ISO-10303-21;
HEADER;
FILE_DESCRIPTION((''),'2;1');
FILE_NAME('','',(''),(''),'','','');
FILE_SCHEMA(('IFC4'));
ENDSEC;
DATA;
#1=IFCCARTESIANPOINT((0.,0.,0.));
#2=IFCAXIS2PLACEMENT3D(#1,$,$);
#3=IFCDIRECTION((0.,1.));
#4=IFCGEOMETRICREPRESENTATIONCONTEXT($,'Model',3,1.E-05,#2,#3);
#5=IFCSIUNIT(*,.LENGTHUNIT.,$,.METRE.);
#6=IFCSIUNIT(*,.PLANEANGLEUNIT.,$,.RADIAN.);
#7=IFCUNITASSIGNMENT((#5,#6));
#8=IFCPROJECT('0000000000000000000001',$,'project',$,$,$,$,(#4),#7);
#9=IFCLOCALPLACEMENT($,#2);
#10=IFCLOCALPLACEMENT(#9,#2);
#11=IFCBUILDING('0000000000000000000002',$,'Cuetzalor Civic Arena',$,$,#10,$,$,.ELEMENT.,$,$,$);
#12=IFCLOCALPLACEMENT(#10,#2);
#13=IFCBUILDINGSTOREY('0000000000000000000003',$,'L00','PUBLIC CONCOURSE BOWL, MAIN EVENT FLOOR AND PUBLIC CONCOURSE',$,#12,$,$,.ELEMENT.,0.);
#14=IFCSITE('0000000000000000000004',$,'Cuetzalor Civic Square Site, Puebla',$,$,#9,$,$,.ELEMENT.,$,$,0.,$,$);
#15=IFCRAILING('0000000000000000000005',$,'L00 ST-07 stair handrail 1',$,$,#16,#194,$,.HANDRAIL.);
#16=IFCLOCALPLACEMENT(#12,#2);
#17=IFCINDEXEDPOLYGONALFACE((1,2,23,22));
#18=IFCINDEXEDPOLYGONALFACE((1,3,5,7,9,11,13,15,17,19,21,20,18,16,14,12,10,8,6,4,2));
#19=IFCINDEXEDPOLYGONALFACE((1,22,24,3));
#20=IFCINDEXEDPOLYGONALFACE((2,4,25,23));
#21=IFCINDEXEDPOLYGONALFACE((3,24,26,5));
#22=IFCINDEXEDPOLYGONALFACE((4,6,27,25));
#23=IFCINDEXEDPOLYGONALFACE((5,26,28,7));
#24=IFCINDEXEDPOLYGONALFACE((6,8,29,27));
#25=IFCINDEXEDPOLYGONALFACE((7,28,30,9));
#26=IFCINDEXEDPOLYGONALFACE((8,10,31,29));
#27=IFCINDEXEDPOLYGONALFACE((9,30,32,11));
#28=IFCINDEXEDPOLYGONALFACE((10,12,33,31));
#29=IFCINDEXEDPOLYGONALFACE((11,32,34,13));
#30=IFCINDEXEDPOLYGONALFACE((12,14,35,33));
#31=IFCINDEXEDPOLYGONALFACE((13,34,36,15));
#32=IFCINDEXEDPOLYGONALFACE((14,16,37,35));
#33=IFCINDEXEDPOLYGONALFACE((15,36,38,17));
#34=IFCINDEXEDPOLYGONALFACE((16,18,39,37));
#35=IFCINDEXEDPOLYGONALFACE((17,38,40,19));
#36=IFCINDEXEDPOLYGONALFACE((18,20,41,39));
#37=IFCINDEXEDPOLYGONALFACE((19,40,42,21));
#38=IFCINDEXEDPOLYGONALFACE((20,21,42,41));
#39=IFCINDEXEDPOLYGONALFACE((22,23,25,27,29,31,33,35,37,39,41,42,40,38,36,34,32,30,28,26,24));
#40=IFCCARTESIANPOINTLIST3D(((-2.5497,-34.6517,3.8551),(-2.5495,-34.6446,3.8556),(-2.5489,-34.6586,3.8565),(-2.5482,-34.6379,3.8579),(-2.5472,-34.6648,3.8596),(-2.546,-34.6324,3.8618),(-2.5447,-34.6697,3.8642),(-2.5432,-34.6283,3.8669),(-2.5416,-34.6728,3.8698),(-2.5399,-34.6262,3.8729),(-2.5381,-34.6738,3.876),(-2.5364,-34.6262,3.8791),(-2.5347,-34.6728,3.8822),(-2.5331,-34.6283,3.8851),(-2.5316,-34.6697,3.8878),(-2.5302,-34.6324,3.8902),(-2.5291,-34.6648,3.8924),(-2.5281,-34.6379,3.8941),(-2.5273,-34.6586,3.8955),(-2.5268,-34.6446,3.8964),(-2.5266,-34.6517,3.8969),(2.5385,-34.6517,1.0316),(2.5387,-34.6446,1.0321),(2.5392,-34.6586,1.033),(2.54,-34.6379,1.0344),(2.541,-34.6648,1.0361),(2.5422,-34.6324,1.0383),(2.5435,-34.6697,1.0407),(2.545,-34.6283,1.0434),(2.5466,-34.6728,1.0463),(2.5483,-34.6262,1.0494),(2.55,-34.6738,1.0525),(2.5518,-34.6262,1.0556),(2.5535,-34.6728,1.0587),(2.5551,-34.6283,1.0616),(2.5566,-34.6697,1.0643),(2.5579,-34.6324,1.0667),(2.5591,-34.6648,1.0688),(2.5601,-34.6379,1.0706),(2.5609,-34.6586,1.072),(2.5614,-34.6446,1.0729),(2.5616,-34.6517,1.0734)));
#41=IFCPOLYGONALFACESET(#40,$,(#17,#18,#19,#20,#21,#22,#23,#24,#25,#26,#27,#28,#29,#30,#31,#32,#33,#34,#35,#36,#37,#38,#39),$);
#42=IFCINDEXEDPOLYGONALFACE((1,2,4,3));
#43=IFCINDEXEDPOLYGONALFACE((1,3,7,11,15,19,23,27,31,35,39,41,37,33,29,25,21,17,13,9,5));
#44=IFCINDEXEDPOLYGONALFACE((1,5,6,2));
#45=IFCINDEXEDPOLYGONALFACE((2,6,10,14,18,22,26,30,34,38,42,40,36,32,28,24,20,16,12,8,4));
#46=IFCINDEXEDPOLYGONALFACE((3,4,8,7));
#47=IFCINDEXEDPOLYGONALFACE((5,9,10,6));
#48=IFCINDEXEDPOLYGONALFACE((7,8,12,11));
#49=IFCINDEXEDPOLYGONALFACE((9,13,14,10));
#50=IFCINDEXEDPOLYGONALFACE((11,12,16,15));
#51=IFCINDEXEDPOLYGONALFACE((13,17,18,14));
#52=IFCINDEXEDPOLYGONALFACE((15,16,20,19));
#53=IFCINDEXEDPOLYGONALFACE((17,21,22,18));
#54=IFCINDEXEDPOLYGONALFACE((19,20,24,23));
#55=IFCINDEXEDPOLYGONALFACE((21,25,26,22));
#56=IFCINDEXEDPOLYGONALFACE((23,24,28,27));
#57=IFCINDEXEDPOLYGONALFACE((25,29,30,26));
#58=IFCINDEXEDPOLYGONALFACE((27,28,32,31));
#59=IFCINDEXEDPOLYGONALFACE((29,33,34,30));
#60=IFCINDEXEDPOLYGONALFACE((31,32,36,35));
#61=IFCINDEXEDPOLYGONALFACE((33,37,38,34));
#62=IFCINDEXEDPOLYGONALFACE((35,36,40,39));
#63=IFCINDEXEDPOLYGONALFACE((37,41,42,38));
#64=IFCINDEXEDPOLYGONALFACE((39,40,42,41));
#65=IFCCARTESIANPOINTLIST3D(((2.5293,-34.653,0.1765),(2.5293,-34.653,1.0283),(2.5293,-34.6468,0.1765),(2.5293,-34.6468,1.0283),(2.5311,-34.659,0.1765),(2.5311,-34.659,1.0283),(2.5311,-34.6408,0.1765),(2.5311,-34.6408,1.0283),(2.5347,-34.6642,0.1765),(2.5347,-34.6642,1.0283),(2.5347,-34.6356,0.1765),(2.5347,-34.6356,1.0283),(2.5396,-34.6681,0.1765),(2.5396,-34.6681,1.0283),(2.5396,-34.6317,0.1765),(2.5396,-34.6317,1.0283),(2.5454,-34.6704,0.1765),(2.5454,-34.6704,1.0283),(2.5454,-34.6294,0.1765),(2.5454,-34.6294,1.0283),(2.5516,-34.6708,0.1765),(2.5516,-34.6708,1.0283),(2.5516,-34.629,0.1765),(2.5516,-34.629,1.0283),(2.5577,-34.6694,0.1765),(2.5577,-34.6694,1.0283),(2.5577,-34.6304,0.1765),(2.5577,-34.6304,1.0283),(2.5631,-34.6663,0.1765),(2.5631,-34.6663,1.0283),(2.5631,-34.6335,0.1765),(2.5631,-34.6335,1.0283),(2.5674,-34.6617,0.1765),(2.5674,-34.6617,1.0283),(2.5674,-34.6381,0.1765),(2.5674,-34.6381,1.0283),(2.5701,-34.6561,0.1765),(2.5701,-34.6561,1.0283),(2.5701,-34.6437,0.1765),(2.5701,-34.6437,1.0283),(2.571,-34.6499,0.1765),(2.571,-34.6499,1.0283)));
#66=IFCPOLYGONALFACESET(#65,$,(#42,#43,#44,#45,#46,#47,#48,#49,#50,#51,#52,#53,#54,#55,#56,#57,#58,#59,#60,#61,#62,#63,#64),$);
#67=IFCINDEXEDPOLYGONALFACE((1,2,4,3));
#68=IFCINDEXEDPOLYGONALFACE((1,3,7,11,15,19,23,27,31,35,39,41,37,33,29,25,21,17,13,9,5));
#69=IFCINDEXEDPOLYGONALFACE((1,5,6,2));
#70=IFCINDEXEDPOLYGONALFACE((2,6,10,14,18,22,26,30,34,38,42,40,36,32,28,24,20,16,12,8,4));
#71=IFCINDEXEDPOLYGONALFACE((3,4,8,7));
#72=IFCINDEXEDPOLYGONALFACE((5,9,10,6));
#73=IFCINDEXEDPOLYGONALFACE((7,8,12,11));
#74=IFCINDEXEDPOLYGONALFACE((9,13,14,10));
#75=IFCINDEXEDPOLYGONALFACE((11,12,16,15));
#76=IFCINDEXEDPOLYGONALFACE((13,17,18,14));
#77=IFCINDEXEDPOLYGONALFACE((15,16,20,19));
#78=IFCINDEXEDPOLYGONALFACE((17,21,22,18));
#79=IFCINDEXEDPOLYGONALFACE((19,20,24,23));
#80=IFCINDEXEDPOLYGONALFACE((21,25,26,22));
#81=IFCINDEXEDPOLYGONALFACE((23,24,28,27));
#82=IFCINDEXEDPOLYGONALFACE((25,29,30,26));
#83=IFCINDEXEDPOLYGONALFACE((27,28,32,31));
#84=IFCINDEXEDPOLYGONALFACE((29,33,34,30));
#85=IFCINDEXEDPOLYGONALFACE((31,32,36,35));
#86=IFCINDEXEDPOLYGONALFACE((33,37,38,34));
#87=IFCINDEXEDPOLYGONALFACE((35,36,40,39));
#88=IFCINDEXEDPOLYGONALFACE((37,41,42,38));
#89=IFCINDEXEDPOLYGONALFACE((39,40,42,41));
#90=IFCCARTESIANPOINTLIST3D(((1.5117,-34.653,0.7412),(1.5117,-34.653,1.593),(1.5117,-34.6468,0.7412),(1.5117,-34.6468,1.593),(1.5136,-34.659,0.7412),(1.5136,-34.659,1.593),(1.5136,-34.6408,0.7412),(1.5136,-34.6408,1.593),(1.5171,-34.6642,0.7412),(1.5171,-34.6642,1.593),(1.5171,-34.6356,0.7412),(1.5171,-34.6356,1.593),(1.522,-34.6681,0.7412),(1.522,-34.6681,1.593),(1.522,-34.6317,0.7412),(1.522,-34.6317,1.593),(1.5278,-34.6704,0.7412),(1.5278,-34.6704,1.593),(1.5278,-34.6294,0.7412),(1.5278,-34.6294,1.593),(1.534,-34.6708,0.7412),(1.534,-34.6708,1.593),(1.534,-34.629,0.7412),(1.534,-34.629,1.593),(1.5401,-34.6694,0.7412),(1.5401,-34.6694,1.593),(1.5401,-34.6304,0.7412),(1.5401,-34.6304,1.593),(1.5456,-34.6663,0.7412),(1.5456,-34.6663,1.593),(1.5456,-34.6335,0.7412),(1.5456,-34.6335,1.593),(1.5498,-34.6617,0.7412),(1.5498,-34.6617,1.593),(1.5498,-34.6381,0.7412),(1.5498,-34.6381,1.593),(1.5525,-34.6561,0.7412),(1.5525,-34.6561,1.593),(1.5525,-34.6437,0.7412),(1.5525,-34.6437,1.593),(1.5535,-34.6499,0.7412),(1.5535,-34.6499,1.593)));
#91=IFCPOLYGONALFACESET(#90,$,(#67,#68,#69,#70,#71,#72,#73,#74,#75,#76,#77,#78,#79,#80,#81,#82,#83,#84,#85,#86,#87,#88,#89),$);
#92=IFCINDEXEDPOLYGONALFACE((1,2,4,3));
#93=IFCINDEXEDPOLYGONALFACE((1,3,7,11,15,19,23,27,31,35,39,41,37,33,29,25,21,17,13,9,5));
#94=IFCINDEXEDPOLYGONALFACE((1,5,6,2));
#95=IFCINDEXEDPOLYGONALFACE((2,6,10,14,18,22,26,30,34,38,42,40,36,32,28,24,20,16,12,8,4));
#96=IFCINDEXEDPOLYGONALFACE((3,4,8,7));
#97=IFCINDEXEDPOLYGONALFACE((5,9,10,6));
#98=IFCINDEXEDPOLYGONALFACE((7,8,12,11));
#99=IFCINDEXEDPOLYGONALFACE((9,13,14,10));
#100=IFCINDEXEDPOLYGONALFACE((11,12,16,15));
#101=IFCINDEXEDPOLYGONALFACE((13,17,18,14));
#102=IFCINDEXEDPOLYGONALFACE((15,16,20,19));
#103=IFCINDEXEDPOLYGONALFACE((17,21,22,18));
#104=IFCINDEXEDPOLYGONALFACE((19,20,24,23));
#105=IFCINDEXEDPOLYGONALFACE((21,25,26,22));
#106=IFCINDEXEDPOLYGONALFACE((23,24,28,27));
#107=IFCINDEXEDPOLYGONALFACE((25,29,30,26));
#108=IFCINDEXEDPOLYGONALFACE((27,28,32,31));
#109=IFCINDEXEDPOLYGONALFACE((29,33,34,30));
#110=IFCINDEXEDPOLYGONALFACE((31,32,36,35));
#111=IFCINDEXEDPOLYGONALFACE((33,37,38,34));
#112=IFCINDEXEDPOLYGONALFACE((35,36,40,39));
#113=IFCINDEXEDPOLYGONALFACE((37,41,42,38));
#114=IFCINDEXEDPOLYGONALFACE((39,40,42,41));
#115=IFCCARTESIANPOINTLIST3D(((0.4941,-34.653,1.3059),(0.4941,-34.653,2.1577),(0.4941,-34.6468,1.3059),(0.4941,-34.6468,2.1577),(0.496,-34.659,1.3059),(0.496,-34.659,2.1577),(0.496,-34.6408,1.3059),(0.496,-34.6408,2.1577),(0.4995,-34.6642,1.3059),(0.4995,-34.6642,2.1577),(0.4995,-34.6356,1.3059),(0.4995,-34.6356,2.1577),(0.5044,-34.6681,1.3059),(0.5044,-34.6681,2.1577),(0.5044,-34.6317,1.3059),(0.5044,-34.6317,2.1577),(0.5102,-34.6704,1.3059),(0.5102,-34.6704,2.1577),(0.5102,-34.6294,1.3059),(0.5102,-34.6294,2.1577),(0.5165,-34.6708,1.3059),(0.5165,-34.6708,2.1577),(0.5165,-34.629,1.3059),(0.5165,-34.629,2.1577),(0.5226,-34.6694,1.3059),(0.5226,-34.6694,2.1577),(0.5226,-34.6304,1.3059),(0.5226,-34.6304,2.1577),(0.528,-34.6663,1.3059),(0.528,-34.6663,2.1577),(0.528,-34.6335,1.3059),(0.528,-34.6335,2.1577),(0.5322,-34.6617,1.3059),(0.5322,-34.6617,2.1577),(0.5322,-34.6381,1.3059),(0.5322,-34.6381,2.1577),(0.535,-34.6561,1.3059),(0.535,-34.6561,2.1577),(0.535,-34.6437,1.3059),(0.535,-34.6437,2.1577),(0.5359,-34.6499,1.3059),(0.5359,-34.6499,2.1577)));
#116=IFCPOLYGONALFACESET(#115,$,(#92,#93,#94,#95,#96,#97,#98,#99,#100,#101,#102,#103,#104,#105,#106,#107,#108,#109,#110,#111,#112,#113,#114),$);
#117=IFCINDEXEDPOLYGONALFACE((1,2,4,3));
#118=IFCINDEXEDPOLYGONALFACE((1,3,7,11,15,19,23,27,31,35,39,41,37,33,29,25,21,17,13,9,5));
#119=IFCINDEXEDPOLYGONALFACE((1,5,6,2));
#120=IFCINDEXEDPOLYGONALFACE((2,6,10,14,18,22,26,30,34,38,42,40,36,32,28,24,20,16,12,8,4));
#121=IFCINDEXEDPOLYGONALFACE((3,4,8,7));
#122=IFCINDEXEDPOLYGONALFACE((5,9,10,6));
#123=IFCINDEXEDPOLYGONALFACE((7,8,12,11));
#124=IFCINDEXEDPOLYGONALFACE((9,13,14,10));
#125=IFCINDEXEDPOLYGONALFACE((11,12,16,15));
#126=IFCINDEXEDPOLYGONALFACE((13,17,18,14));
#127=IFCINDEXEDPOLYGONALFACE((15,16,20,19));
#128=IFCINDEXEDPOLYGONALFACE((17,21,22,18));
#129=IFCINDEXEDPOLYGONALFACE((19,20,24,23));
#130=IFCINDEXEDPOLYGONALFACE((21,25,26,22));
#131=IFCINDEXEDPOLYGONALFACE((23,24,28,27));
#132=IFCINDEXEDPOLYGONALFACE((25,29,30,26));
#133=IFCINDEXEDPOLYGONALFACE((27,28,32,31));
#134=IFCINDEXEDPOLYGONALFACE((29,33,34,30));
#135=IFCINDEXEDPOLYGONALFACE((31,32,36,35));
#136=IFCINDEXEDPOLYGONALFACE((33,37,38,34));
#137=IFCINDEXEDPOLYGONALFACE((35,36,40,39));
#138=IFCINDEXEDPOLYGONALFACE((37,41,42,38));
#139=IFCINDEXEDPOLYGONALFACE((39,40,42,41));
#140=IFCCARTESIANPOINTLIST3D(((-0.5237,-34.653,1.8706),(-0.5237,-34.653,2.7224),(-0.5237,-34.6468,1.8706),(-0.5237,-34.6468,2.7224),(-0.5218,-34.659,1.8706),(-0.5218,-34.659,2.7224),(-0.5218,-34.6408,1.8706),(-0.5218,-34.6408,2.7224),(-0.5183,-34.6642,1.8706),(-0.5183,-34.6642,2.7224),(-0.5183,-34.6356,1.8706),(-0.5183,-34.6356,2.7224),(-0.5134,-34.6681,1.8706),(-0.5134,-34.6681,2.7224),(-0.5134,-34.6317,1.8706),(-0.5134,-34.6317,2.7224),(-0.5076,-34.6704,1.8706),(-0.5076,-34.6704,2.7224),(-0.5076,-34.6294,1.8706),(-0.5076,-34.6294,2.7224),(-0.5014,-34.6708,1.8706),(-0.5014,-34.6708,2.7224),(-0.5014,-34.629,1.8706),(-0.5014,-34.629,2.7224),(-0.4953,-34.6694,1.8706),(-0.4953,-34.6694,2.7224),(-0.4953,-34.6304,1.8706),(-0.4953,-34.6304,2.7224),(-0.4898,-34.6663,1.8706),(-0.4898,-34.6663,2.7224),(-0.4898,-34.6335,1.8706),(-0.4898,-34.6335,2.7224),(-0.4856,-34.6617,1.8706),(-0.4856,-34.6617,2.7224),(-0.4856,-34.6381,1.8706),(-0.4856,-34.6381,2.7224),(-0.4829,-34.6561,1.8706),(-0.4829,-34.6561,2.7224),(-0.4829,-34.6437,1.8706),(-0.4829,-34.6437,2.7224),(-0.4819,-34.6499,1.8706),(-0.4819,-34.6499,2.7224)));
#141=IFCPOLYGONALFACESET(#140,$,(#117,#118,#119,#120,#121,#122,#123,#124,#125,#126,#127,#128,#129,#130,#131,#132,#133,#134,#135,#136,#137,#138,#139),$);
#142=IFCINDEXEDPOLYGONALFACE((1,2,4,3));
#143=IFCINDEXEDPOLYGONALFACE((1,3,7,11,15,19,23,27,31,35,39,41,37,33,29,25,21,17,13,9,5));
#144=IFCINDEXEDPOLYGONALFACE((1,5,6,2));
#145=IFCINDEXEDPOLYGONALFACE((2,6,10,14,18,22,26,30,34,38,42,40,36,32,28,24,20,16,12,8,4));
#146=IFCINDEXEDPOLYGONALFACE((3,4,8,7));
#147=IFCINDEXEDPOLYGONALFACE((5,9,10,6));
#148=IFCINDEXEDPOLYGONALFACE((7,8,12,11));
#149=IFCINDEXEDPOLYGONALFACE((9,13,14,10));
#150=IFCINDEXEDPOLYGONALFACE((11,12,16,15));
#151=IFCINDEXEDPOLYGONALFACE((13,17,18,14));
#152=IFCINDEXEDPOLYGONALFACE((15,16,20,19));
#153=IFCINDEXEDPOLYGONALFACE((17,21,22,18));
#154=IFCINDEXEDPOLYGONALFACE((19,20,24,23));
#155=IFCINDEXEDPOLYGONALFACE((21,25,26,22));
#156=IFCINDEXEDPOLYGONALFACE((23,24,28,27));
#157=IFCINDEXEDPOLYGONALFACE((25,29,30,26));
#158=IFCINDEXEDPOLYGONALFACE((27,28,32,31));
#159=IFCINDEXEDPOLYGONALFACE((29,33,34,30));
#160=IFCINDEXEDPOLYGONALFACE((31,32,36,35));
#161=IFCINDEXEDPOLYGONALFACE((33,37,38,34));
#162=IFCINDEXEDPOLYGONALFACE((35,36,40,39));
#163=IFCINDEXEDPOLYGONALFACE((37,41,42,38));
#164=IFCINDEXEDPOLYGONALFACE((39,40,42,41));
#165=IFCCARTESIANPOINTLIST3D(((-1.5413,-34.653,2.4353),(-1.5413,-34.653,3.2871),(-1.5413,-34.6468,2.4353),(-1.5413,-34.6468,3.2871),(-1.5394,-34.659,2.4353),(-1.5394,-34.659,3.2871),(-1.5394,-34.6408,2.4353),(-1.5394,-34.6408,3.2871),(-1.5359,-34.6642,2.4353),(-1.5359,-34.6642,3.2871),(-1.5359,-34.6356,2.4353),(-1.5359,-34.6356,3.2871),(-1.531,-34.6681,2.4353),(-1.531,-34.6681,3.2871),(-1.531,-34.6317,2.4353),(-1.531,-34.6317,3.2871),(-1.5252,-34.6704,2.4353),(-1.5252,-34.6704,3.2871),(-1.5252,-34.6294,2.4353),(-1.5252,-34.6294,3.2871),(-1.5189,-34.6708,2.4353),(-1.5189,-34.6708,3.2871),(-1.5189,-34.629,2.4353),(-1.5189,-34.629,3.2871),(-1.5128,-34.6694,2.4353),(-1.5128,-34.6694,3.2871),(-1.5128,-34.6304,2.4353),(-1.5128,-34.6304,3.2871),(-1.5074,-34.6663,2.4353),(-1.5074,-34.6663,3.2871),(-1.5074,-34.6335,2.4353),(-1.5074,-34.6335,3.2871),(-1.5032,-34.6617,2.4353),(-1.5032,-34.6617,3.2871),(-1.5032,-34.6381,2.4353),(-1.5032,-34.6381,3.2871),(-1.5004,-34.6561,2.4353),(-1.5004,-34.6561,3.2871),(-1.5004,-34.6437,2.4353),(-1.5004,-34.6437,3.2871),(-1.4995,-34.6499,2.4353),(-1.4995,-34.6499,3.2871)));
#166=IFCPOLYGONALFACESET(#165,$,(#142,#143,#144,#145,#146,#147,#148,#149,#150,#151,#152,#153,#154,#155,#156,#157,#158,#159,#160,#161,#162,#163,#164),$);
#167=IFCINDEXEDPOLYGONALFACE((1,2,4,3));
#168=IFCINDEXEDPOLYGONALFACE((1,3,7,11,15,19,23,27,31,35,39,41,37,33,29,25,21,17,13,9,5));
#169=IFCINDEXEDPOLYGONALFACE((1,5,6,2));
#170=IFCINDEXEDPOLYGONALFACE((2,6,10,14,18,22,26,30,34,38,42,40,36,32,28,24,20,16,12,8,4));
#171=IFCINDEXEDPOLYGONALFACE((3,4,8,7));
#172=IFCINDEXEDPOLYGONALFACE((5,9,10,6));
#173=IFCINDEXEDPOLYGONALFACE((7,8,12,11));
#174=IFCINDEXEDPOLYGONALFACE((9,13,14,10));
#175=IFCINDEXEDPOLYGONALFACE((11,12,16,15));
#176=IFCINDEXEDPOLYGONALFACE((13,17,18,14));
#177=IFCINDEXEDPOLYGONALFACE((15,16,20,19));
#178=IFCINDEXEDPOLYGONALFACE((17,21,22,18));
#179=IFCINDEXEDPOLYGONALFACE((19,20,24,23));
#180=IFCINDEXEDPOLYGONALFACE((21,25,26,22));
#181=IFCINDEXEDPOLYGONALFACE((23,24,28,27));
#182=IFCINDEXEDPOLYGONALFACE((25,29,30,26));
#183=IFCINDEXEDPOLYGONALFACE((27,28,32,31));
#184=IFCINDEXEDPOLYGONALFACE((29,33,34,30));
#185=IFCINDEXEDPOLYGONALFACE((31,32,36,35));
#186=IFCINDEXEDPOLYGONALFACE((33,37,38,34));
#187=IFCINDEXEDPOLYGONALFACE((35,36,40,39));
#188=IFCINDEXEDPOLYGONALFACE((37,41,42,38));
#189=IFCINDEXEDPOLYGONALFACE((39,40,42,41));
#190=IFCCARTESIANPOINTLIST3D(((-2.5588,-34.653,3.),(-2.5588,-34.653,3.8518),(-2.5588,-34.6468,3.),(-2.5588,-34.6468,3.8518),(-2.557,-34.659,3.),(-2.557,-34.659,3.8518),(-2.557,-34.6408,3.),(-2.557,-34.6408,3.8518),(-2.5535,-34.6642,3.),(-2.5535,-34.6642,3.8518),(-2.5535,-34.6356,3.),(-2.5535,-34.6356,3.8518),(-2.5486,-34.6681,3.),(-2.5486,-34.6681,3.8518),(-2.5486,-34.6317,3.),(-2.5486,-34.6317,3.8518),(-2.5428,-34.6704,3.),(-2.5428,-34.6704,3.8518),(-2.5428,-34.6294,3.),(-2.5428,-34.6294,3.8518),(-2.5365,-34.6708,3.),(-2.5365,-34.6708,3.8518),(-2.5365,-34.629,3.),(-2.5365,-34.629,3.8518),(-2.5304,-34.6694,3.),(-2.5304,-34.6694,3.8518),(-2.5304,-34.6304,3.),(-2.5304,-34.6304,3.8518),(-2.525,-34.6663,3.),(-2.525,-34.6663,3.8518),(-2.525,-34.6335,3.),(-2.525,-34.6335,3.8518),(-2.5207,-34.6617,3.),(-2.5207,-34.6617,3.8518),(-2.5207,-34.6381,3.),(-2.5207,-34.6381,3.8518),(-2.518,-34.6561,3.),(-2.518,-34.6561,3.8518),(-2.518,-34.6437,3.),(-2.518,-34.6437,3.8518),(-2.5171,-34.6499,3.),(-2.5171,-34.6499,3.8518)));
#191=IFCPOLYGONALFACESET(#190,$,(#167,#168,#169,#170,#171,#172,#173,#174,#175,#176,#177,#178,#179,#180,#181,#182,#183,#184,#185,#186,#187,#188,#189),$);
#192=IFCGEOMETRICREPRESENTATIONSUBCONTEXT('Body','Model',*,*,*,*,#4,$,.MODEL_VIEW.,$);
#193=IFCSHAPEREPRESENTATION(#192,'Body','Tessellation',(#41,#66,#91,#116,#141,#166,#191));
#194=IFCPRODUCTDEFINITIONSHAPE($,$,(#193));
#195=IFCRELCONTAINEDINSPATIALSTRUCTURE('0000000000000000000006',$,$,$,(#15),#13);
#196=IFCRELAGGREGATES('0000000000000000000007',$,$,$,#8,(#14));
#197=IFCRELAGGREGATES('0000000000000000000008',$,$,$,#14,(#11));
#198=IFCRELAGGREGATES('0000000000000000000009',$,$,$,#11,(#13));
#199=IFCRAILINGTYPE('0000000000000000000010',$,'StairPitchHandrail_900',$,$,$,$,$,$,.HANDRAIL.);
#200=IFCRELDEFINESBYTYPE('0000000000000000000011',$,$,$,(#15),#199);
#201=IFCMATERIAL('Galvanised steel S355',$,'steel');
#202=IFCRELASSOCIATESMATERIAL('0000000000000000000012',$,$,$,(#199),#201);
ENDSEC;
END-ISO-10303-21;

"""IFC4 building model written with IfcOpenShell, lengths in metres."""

from ifc_helpers import new_model, si_unit, direction, frame, origin, origin_2d, place, context, subcontext, project, spatial, circle, extrude, material, type_object, element, save


model = new_model("IFC4")

# Units and contexts
model_context = context("Model", 3, precision=1e-05, world=origin(), true_north=direction((0.0, 1.0)))
body_context = subcontext(model_context, "Body", "Model", "MODEL_VIEW")
ifc_project = project(units=[si_unit("LENGTHUNIT", "METRE"), si_unit("PLANEANGLEUNIT", "RADIAN")], contexts=[model_context])

# Site, building, storey
site_placement = place(None, origin())
site = spatial("IfcSite", under=ifc_project, at=site_placement, Name="Cuetzalor Civic Square Site, Puebla", CompositionType="ELEMENT", RefElevation=0.0)
building_placement = place(site_placement, origin())
building = spatial("IfcBuilding", under=site, at=building_placement, Name="Cuetzalor Civic Arena", CompositionType="ELEMENT")
storey_placement = place(building_placement, origin())
storey = spatial("IfcBuildingStorey", under=building, at=storey_placement, Name="L00", Description="PUBLIC CONCOURSE BOWL, MAIN EVENT FLOOR AND PUBLIC CONCOURSE", CompositionType="ELEMENT", Elevation=0.0)

# Railing
ifc_material_1 = material(Name="Galvanised steel S355", Category="steel")
railing_type_1 = type_object("IfcRailingType", Name="StairPitchHandrail_900", PredefinedType="HANDRAIL", material=ifc_material_1)
railing_1_placement = place(storey_placement, frame((2.55, -34.6499, 0.1765)))
element("IfcRailing", 1, at=railing_1_placement, inside=storey, type_object=railing_type_1, Name="L00 ST-07 stair handrail 1", PredefinedType="HANDRAIL", context=body_context, shape_type="SweptSolid", body=[
    extrude(circle(Radius=0.0239, at=origin_2d()), frame((0.0, 0.0, 0.876), z_axis=(-0.874395, 0.0, 0.485215), x_axis=(0.0, -1.0, 0.0)), (0.0, 0.0, 1.0), 5.8191),
    extrude(circle(Radius=0.021, at=origin_2d()), origin(), (0.0, 0.0, 1.0), 0.8518),
    extrude(circle(Radius=0.021, at=origin_2d()), frame((-1.0176, 0.0, 0.5647)), (0.0, 0.0, 1.0), 0.8518),
    extrude(circle(Radius=0.021, at=origin_2d()), frame((-2.0352, 0.0, 1.1294)), (0.0, 0.0, 1.0), 0.8518),
    extrude(circle(Radius=0.021, at=origin_2d()), frame((-3.053, 0.0, 1.6941)), (0.0, 0.0, 1.0), 0.8518),
    extrude(circle(Radius=0.021, at=origin_2d()), frame((-4.0706, 0.0, 2.2588)), (0.0, 0.0, 1.0), 0.8518),
    extrude(circle(Radius=0.021, at=origin_2d()), frame((-5.0881, 0.0, 2.8235)), (0.0, 0.0, 1.0), 0.8518),
])

save(model, "model.ifc")
